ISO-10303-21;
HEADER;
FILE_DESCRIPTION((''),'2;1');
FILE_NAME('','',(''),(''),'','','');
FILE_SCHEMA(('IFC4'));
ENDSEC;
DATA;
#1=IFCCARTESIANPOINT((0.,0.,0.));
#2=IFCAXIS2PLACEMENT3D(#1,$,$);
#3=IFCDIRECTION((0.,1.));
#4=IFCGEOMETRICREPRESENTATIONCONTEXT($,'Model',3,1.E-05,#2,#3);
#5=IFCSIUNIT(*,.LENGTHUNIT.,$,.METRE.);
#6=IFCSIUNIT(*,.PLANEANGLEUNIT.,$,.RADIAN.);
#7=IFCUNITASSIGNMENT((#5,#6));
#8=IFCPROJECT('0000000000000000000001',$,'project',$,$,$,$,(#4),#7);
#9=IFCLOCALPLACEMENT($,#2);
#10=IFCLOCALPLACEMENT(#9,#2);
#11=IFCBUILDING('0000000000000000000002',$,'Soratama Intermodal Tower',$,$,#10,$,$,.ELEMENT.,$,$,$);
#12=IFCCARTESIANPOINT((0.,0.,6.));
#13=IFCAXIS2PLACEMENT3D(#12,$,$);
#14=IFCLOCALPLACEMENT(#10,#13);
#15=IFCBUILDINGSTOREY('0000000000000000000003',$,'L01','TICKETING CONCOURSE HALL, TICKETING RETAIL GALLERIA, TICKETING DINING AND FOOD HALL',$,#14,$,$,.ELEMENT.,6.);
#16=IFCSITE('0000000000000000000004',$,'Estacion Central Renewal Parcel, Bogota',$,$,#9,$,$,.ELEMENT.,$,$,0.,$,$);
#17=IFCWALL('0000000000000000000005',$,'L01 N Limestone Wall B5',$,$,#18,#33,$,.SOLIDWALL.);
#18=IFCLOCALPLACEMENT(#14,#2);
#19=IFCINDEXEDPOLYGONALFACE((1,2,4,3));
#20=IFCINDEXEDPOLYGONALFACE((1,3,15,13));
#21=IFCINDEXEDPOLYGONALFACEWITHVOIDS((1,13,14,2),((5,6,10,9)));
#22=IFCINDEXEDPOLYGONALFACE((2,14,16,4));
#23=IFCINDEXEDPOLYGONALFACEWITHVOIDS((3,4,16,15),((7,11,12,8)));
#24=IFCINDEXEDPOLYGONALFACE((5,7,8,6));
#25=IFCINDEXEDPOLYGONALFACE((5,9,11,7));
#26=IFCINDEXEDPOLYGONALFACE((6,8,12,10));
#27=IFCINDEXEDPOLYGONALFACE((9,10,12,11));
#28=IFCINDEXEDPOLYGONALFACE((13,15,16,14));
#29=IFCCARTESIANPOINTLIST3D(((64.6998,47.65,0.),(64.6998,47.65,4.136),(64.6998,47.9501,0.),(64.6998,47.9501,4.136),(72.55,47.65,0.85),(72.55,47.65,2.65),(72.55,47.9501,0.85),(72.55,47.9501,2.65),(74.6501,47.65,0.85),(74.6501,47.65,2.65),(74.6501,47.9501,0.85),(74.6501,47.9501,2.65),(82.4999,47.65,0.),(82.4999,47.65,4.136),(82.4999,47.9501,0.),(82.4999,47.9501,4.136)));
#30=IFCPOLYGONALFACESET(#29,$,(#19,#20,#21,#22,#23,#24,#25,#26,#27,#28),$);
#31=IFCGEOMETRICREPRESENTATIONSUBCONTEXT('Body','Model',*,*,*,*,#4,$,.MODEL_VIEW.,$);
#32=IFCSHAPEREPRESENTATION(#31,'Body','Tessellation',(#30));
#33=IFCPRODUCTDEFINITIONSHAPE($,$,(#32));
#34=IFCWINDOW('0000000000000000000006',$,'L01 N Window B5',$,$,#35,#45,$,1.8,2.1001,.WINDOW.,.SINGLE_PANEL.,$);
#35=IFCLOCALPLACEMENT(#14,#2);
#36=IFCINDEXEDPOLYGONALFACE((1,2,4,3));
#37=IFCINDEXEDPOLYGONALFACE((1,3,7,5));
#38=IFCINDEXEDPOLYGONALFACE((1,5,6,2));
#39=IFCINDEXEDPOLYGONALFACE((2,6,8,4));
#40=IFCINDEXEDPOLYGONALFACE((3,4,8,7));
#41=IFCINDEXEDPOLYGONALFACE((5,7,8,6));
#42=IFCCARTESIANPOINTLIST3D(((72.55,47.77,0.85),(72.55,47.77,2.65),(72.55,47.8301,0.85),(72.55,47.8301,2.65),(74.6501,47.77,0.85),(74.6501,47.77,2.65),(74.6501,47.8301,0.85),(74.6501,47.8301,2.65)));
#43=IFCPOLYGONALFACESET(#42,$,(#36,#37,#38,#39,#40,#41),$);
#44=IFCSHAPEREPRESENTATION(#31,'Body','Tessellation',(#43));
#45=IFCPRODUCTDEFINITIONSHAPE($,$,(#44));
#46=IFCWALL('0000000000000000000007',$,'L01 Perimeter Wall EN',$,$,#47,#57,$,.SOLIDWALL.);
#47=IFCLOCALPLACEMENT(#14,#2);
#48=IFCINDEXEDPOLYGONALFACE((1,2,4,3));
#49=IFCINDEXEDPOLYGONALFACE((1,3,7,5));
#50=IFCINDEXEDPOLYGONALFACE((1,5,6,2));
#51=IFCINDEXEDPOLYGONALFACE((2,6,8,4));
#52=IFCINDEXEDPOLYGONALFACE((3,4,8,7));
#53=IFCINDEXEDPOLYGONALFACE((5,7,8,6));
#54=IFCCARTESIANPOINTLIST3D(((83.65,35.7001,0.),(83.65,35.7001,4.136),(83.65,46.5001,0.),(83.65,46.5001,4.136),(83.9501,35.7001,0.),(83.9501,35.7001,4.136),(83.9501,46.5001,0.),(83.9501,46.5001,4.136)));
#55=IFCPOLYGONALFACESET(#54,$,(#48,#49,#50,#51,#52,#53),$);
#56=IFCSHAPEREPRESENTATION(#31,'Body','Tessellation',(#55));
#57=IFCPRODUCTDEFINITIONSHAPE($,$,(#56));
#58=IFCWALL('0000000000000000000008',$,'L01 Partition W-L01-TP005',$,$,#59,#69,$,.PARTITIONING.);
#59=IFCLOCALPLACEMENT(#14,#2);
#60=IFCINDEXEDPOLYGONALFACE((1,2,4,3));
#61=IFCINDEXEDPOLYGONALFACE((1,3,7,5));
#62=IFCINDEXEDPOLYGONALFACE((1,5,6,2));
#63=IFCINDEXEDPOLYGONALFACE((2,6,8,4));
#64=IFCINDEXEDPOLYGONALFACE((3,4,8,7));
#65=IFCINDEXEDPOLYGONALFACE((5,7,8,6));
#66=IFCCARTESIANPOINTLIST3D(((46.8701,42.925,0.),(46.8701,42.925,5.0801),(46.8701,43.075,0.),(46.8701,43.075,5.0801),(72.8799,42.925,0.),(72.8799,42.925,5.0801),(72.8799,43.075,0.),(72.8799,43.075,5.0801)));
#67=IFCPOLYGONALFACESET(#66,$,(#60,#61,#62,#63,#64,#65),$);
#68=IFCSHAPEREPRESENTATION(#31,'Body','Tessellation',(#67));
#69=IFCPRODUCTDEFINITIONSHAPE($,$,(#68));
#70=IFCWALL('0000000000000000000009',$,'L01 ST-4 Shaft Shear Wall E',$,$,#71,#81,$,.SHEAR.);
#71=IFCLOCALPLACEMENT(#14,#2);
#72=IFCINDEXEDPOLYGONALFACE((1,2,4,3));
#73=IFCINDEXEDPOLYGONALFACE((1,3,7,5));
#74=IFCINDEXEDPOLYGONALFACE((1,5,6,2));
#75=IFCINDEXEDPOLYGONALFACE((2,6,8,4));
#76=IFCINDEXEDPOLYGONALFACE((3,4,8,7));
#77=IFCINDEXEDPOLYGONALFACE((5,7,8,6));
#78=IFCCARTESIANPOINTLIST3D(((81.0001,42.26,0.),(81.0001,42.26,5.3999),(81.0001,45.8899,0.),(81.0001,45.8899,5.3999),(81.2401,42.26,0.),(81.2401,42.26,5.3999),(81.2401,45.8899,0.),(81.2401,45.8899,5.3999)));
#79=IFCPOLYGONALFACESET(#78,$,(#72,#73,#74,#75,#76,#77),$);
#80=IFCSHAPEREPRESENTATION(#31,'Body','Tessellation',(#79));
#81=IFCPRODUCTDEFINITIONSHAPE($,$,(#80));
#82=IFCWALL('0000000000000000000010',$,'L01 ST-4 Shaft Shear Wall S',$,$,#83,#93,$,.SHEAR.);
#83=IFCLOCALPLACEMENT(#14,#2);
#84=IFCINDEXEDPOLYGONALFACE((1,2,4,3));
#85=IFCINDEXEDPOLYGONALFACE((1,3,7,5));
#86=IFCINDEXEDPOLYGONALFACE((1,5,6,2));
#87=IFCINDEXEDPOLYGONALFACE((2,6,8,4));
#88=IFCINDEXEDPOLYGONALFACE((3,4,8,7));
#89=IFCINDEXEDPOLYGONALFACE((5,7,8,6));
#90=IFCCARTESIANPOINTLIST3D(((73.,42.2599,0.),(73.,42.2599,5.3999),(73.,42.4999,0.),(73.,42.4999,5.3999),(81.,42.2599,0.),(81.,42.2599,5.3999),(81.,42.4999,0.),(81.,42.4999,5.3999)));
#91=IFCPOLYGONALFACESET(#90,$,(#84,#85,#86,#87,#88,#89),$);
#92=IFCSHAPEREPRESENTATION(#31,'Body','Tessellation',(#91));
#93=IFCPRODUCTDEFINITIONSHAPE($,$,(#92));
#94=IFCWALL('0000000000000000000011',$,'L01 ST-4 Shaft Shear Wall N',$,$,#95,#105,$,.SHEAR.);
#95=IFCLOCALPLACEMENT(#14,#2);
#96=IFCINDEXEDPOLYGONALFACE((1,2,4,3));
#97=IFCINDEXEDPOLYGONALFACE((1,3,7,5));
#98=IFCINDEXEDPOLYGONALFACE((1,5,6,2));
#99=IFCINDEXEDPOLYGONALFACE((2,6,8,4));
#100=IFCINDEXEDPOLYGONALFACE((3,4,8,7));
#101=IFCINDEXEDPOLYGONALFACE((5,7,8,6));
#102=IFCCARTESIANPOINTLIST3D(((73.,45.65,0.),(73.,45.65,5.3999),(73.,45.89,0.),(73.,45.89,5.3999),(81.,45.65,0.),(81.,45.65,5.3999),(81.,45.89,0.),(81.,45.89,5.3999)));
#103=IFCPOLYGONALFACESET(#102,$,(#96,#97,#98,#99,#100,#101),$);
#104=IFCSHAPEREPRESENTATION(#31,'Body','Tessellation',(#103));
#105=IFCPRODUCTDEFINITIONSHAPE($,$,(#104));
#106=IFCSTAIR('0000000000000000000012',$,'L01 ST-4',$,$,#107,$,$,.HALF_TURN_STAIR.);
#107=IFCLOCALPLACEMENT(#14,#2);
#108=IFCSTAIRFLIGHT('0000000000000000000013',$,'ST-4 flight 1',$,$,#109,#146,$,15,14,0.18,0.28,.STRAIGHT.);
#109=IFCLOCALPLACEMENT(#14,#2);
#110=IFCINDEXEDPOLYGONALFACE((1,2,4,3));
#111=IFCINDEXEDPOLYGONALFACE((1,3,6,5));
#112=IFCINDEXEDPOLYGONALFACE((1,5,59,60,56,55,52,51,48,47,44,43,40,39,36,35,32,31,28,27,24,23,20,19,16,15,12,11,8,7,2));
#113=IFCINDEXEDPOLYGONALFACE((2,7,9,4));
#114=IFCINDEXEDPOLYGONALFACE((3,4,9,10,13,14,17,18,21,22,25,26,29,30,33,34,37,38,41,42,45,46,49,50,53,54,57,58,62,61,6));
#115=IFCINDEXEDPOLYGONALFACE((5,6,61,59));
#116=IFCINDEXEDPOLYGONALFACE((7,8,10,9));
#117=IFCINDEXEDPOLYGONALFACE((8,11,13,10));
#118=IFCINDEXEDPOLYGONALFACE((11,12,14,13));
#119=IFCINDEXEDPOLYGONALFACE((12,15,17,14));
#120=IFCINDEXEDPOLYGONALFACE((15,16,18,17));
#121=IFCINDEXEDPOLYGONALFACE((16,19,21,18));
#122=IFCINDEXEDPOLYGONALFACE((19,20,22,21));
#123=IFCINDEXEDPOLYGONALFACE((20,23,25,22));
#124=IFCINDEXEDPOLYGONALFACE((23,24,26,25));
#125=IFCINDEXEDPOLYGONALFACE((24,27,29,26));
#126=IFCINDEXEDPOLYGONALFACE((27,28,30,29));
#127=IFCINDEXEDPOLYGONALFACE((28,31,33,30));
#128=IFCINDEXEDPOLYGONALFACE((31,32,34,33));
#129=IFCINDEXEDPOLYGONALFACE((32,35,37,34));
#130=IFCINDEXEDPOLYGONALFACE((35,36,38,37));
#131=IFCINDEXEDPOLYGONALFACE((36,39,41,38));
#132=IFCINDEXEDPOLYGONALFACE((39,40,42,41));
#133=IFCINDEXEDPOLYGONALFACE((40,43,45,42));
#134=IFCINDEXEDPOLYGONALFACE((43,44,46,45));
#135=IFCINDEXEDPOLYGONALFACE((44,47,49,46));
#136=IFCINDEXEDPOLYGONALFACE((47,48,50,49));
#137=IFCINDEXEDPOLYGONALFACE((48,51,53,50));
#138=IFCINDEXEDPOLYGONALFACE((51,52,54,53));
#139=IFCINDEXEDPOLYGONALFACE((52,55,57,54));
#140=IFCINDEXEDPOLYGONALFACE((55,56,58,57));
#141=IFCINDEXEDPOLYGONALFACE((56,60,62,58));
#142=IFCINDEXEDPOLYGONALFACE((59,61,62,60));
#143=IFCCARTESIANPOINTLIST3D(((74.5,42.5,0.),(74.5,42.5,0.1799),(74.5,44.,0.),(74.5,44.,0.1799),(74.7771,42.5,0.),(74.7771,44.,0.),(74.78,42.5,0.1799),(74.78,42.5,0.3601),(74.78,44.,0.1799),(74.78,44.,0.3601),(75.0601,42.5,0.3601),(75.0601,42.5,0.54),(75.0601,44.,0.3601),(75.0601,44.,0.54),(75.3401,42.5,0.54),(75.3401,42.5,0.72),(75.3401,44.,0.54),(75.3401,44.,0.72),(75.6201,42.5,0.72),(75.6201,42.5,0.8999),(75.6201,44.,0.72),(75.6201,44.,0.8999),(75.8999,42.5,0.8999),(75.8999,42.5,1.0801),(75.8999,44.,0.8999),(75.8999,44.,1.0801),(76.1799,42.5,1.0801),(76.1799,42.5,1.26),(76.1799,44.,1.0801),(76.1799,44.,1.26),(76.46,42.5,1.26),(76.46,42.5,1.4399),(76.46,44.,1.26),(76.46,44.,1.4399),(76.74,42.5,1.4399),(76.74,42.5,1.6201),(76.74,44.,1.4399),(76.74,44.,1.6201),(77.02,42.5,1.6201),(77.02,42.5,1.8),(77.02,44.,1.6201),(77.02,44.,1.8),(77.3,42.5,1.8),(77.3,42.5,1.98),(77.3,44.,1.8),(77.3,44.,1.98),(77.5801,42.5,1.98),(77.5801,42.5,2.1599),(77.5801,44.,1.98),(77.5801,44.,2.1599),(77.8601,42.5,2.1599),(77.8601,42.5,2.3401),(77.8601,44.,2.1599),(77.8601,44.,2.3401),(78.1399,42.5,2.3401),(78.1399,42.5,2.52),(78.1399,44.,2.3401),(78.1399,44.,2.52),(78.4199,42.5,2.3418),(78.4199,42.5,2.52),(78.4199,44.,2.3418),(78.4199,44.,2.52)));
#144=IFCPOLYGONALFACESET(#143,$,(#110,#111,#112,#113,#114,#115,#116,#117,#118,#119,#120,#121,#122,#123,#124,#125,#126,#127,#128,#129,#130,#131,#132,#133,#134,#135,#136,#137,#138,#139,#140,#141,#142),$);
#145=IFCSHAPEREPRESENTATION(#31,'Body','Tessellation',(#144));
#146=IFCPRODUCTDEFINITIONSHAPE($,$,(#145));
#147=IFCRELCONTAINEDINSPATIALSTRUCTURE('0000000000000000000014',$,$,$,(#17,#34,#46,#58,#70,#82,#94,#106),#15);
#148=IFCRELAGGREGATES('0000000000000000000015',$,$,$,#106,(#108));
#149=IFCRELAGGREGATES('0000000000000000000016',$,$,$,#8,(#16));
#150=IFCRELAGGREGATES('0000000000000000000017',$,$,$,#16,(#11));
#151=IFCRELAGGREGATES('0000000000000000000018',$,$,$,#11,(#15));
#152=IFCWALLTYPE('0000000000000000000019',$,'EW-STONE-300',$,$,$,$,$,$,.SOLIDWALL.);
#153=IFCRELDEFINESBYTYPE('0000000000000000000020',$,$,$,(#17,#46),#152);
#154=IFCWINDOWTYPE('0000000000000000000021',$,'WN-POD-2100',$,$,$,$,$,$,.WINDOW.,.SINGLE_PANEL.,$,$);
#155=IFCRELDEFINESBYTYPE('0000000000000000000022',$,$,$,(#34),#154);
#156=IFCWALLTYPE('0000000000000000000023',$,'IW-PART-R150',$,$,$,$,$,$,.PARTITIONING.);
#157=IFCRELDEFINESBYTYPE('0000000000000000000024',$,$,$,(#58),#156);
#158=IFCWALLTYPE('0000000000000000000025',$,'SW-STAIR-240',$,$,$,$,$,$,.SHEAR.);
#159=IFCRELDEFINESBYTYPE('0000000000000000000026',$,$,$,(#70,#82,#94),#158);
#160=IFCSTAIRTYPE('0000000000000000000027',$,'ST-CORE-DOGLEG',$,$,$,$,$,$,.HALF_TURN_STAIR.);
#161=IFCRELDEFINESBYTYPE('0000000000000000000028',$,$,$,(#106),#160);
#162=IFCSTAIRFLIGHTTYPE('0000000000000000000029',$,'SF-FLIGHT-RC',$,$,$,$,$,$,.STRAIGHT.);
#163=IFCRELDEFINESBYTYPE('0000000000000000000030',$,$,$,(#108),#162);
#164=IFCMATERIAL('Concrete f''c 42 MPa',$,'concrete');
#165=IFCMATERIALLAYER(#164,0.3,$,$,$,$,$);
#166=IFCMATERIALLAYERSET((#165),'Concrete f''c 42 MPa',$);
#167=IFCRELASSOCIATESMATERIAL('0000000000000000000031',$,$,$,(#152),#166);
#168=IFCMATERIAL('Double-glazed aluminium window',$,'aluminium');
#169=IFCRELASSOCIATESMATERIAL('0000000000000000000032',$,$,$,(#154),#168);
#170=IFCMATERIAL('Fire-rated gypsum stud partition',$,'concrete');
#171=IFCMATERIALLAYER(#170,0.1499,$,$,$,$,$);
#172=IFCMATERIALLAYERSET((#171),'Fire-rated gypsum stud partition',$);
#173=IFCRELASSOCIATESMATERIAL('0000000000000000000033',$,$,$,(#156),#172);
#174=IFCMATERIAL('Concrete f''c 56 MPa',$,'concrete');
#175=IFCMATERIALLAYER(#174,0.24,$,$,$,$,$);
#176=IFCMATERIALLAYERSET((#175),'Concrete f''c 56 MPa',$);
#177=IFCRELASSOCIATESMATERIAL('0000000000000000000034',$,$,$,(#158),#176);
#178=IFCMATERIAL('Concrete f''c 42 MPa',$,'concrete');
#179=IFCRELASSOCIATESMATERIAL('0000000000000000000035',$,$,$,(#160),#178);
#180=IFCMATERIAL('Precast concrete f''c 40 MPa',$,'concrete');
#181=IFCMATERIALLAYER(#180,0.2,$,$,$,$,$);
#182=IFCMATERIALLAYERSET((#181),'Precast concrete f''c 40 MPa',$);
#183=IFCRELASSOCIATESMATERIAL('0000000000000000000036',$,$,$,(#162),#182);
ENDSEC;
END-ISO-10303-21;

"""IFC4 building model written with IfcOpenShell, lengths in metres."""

from ifc_helpers import new_model, si_unit, direction, frame, frame_2d, origin, place, context, subcontext, project, spatial, polyline, rectangle, outline, extrude, material, layer, layer_set, type_object, element, fill, aggregate, save


model = new_model("IFC4")

# Units and contexts
model_context = context("Model", 3, precision=1e-05, world=origin(), true_north=direction((0.0, 1.0)))
body_context = subcontext(model_context, "Body", "Model", "MODEL_VIEW")
ifc_project = project(units=[si_unit("LENGTHUNIT", "METRE"), si_unit("PLANEANGLEUNIT", "RADIAN")], contexts=[model_context])

# Site, building, storey
site_placement = place(None, origin())
site = spatial("IfcSite", under=ifc_project, at=site_placement, Name="Estacion Central Renewal Parcel, Bogota", CompositionType="ELEMENT", RefElevation=0.0)
building_placement = place(site_placement, origin())
building = spatial("IfcBuilding", under=site, at=building_placement, Name="Soratama Intermodal Tower", CompositionType="ELEMENT")
storey_placement = place(building_placement, frame((0.0, 0.0, 6.0)))
storey = spatial("IfcBuildingStorey", under=building, at=storey_placement, Name="L01", Description="TICKETING CONCOURSE HALL, TICKETING RETAIL GALLERIA, TICKETING DINING AND FOOD HALL", CompositionType="ELEMENT", Elevation=6.0)

# Wall, opening, window
ifc_material_1 = material(Name="Concrete f'c 42 MPa", Category="concrete")
ifc_layer_1 = layer(ifc_material_1, 0.3)
ifc_layer_set_1 = layer_set([ifc_layer_1], Name="Concrete f'c 42 MPa")
wall_type_1 = type_object("IfcWallType", Name="EW-STONE-300", PredefinedType="SOLIDWALL", material=ifc_layer_set_1)
wall_1_placement = place(storey_placement, frame((64.7, 47.8, 0.0), z_axis=(0.0, 0.0, 1.0), x_axis=(1.0, 0.0, 0.0)))
wall_1 = element("IfcWall", 1, at=wall_1_placement, inside=storey, type_object=wall_type_1, Name="L01 N Limestone Wall B5", PredefinedType="SOLIDWALL", context=body_context, shape_type="SweptSolid", body=[
    extrude(rectangle(XDim=17.8, YDim=0.3, at=frame_2d((8.8999, 0.0))), origin(), (0.0, 0.0, 1.0), 4.136),
])
opening_1_placement = place(wall_1_placement, frame((7.8501, 0.0, 0.8501)))
opening_1 = element("IfcOpeningElement", 2, at=opening_1_placement, cuts=wall_1, PredefinedType="OPENING", context=body_context, shape_type="SweptSolid", body=[
    extrude(rectangle(XDim=2.1001, YDim=1.8, at=frame_2d((1.05, 0.8999))), frame((0.0, 0.1599, 0.0), z_axis=(0.0, -1.0, 0.0), x_axis=(1.0, 0.0, 0.0)), (0.0, 0.0, 1.0), 0.3201),
])
ifc_material_2 = material(Name="Double-glazed aluminium window", Category="aluminium")
window_type = type_object("IfcWindowType", Name="WN-POD-2100", PartitioningType="SINGLE_PANEL", PredefinedType="WINDOW", material=ifc_material_2)
window_placement = place(opening_1_placement, origin())
window = element("IfcWindow", 3, at=window_placement, inside=storey, type_object=window_type, Name="L01 N Window B5", OverallHeight=1.8, OverallWidth=2.1001, PartitioningType="SINGLE_PANEL", PredefinedType="WINDOW", context=body_context, shape_type="SweptSolid", body=[
    extrude(rectangle(XDim=2.1001, YDim=1.8, at=frame_2d((1.05, 0.8999))), frame((0.0, 0.03, 0.0), z_axis=(0.0, -1.0, 0.0), x_axis=(1.0, 0.0, 0.0)), (0.0, 0.0, 1.0), 0.0601),
])
fill(opening_1, window)

# Walls
wall_2_placement = place(storey_placement, frame((83.8, 46.5, 0.0), z_axis=(0.0, 0.0, 1.0), x_axis=(0.0, -1.0, 0.0)))
element("IfcWall", 4, at=wall_2_placement, inside=storey, type_object=wall_type_1, Name="L01 Perimeter Wall EN", PredefinedType="SOLIDWALL", context=body_context, shape_type="SweptSolid", body=[
    extrude(rectangle(XDim=10.8, YDim=0.3, at=frame_2d((5.3999, 0.0))), origin(), (0.0, 0.0, 1.0), 4.136),
])
ifc_material_3 = material(Name="Fire-rated gypsum stud partition", Category="concrete")
ifc_layer_2 = layer(ifc_material_3, 0.1499)
ifc_layer_set_2 = layer_set([ifc_layer_2], Name="Fire-rated gypsum stud partition")
wall_type_2 = type_object("IfcWallType", Name="IW-PART-R150", PredefinedType="PARTITIONING", material=ifc_layer_set_2)
wall_3_placement = place(storey_placement, frame((72.8799, 43.0, 0.0), z_axis=(0.0, 0.0, 1.0), x_axis=(-1.0, 0.0, 0.0)))
element("IfcWall", 5, at=wall_3_placement, inside=storey, type_object=wall_type_2, Name="L01 Partition W-L01-TP005", PredefinedType="PARTITIONING", context=body_context, shape_type="SweptSolid", body=[
    extrude(rectangle(XDim=26.0098, YDim=0.1499, at=frame_2d((13.0049, 0.0))), origin(), (0.0, 0.0, 1.0), 5.0801),
])

# Shared definitions
ifc_material_4 = material(Name="Concrete f'c 56 MPa", Category="concrete")
ifc_layer_3 = layer(ifc_material_4, 0.24)
ifc_layer_set_3 = layer_set([ifc_layer_3], Name="Concrete f'c 56 MPa")
wall_type_3 = type_object("IfcWallType", Name="SW-STAIR-240", PredefinedType="SHEAR", material=ifc_layer_set_3)

# Walls
wall_4_placement = place(storey_placement, frame((81.1201, 42.26, 0.0), z_axis=(0.0, 0.0, 1.0), x_axis=(0.0, 1.0, 0.0)))
element("IfcWall", 6, at=wall_4_placement, inside=storey, type_object=wall_type_3, Name="L01 ST-4 Shaft Shear Wall E", PredefinedType="SHEAR", context=body_context, shape_type="SweptSolid", body=[
    extrude(rectangle(XDim=3.6299, YDim=0.24, at=frame_2d((1.8149, 0.0))), origin(), (0.0, 0.0, 1.0), 5.3999),
])
for number, where, z_axis, x_axis, name in (
    (7, (73.0, 42.3799, 0.0), (0.0, 0.0, 1.0), (1.0, 0.0, 0.0), "L01 ST-4 Shaft Shear Wall S"),
    (8, (73.0, 45.77, 0.0), (0.0, 0.0, 1.0), (1.0, 0.0, 0.0), "L01 ST-4 Shaft Shear Wall N"),
):
    element("IfcWall", number, at=place(storey_placement, frame(where, z_axis=z_axis, x_axis=x_axis)), inside=storey, type_object=wall_type_3, Name=name, PredefinedType="SHEAR", context=body_context, shape_type="SweptSolid", body=[
        extrude(rectangle(XDim=8.0, YDim=0.24, at=frame_2d((4.0, 0.0))), origin(), (0.0, 0.0, 1.0), 5.3999),
    ])

# Stair, stair flight
ifc_material_5 = material(Name="Concrete f'c 42 MPa", Category="concrete")
stair_type = type_object("IfcStairType", Name="ST-CORE-DOGLEG", PredefinedType="HALF_TURN_STAIR", material=ifc_material_5)
stair_placement = place(storey_placement, origin())
stair = element("IfcStair", 9, at=stair_placement, inside=storey, type_object=stair_type, Name="L01 ST-4", PredefinedType="HALF_TURN_STAIR")
ifc_material_6 = material(Name="Precast concrete f'c 40 MPa", Category="concrete")
ifc_layer_4 = layer(ifc_material_6, 0.2)
ifc_layer_set_4 = layer_set([ifc_layer_4], Name="Precast concrete f'c 40 MPa")
stair_flight_type = type_object("IfcStairFlightType", Name="SF-FLIGHT-RC", PredefinedType="STRAIGHT", material=ifc_layer_set_4)
stair_flight_1_placement = place(storey_placement, frame((74.5, 43.25, 0.0), z_axis=(0.0, 0.0, 1.0), x_axis=(1.0, 0.0, 0.0)))
stair_flight_1 = element("IfcStairFlight", 10, at=stair_flight_1_placement, type_object=stair_flight_type, Name="ST-4 flight 1", NumberOfRisers=15, NumberOfTreads=14, PredefinedType="STRAIGHT", RiserHeight=0.18, TreadLength=0.28, context=body_context, shape_type="SweptSolid", body=[
    extrude(outline(polyline([(0.0, 0.0), (0.0, 0.1799), (0.28, 0.1799), (0.28, 0.3601), (0.5601, 0.3601), (0.5601, 0.54), (0.8401, 0.54), (0.8401, 0.72), (1.1201, 0.72), (1.1201, 0.8999), (1.3999, 0.8999), (1.3999, 1.0801), (1.6799, 1.0801), (1.6799, 1.26), (1.96, 1.26), (1.96, 1.4399), (2.24, 1.4399), (2.24, 1.6201), (2.52, 1.6201), (2.52, 1.8), (2.8, 1.8), (2.8, 1.98), (3.0801, 1.98), (3.0801, 2.1599), (3.3601, 2.1599), (3.3601, 2.3401), (3.6399, 2.3401), (3.6399, 2.52), (3.9199, 2.52), (3.9199, 2.7), (3.9199, 2.3418), (0.2771, 0.0), (0.0, 0.0)])), frame((0.0, 0.75, 0.0), z_axis=(0.0, -1.0, 0.0), x_axis=(1.0, 0.0, 0.0)), (0.0, 0.0, 1.0), 1.5),
])
aggregate(stair, [stair_flight_1])

save(model, "model.ifc")
